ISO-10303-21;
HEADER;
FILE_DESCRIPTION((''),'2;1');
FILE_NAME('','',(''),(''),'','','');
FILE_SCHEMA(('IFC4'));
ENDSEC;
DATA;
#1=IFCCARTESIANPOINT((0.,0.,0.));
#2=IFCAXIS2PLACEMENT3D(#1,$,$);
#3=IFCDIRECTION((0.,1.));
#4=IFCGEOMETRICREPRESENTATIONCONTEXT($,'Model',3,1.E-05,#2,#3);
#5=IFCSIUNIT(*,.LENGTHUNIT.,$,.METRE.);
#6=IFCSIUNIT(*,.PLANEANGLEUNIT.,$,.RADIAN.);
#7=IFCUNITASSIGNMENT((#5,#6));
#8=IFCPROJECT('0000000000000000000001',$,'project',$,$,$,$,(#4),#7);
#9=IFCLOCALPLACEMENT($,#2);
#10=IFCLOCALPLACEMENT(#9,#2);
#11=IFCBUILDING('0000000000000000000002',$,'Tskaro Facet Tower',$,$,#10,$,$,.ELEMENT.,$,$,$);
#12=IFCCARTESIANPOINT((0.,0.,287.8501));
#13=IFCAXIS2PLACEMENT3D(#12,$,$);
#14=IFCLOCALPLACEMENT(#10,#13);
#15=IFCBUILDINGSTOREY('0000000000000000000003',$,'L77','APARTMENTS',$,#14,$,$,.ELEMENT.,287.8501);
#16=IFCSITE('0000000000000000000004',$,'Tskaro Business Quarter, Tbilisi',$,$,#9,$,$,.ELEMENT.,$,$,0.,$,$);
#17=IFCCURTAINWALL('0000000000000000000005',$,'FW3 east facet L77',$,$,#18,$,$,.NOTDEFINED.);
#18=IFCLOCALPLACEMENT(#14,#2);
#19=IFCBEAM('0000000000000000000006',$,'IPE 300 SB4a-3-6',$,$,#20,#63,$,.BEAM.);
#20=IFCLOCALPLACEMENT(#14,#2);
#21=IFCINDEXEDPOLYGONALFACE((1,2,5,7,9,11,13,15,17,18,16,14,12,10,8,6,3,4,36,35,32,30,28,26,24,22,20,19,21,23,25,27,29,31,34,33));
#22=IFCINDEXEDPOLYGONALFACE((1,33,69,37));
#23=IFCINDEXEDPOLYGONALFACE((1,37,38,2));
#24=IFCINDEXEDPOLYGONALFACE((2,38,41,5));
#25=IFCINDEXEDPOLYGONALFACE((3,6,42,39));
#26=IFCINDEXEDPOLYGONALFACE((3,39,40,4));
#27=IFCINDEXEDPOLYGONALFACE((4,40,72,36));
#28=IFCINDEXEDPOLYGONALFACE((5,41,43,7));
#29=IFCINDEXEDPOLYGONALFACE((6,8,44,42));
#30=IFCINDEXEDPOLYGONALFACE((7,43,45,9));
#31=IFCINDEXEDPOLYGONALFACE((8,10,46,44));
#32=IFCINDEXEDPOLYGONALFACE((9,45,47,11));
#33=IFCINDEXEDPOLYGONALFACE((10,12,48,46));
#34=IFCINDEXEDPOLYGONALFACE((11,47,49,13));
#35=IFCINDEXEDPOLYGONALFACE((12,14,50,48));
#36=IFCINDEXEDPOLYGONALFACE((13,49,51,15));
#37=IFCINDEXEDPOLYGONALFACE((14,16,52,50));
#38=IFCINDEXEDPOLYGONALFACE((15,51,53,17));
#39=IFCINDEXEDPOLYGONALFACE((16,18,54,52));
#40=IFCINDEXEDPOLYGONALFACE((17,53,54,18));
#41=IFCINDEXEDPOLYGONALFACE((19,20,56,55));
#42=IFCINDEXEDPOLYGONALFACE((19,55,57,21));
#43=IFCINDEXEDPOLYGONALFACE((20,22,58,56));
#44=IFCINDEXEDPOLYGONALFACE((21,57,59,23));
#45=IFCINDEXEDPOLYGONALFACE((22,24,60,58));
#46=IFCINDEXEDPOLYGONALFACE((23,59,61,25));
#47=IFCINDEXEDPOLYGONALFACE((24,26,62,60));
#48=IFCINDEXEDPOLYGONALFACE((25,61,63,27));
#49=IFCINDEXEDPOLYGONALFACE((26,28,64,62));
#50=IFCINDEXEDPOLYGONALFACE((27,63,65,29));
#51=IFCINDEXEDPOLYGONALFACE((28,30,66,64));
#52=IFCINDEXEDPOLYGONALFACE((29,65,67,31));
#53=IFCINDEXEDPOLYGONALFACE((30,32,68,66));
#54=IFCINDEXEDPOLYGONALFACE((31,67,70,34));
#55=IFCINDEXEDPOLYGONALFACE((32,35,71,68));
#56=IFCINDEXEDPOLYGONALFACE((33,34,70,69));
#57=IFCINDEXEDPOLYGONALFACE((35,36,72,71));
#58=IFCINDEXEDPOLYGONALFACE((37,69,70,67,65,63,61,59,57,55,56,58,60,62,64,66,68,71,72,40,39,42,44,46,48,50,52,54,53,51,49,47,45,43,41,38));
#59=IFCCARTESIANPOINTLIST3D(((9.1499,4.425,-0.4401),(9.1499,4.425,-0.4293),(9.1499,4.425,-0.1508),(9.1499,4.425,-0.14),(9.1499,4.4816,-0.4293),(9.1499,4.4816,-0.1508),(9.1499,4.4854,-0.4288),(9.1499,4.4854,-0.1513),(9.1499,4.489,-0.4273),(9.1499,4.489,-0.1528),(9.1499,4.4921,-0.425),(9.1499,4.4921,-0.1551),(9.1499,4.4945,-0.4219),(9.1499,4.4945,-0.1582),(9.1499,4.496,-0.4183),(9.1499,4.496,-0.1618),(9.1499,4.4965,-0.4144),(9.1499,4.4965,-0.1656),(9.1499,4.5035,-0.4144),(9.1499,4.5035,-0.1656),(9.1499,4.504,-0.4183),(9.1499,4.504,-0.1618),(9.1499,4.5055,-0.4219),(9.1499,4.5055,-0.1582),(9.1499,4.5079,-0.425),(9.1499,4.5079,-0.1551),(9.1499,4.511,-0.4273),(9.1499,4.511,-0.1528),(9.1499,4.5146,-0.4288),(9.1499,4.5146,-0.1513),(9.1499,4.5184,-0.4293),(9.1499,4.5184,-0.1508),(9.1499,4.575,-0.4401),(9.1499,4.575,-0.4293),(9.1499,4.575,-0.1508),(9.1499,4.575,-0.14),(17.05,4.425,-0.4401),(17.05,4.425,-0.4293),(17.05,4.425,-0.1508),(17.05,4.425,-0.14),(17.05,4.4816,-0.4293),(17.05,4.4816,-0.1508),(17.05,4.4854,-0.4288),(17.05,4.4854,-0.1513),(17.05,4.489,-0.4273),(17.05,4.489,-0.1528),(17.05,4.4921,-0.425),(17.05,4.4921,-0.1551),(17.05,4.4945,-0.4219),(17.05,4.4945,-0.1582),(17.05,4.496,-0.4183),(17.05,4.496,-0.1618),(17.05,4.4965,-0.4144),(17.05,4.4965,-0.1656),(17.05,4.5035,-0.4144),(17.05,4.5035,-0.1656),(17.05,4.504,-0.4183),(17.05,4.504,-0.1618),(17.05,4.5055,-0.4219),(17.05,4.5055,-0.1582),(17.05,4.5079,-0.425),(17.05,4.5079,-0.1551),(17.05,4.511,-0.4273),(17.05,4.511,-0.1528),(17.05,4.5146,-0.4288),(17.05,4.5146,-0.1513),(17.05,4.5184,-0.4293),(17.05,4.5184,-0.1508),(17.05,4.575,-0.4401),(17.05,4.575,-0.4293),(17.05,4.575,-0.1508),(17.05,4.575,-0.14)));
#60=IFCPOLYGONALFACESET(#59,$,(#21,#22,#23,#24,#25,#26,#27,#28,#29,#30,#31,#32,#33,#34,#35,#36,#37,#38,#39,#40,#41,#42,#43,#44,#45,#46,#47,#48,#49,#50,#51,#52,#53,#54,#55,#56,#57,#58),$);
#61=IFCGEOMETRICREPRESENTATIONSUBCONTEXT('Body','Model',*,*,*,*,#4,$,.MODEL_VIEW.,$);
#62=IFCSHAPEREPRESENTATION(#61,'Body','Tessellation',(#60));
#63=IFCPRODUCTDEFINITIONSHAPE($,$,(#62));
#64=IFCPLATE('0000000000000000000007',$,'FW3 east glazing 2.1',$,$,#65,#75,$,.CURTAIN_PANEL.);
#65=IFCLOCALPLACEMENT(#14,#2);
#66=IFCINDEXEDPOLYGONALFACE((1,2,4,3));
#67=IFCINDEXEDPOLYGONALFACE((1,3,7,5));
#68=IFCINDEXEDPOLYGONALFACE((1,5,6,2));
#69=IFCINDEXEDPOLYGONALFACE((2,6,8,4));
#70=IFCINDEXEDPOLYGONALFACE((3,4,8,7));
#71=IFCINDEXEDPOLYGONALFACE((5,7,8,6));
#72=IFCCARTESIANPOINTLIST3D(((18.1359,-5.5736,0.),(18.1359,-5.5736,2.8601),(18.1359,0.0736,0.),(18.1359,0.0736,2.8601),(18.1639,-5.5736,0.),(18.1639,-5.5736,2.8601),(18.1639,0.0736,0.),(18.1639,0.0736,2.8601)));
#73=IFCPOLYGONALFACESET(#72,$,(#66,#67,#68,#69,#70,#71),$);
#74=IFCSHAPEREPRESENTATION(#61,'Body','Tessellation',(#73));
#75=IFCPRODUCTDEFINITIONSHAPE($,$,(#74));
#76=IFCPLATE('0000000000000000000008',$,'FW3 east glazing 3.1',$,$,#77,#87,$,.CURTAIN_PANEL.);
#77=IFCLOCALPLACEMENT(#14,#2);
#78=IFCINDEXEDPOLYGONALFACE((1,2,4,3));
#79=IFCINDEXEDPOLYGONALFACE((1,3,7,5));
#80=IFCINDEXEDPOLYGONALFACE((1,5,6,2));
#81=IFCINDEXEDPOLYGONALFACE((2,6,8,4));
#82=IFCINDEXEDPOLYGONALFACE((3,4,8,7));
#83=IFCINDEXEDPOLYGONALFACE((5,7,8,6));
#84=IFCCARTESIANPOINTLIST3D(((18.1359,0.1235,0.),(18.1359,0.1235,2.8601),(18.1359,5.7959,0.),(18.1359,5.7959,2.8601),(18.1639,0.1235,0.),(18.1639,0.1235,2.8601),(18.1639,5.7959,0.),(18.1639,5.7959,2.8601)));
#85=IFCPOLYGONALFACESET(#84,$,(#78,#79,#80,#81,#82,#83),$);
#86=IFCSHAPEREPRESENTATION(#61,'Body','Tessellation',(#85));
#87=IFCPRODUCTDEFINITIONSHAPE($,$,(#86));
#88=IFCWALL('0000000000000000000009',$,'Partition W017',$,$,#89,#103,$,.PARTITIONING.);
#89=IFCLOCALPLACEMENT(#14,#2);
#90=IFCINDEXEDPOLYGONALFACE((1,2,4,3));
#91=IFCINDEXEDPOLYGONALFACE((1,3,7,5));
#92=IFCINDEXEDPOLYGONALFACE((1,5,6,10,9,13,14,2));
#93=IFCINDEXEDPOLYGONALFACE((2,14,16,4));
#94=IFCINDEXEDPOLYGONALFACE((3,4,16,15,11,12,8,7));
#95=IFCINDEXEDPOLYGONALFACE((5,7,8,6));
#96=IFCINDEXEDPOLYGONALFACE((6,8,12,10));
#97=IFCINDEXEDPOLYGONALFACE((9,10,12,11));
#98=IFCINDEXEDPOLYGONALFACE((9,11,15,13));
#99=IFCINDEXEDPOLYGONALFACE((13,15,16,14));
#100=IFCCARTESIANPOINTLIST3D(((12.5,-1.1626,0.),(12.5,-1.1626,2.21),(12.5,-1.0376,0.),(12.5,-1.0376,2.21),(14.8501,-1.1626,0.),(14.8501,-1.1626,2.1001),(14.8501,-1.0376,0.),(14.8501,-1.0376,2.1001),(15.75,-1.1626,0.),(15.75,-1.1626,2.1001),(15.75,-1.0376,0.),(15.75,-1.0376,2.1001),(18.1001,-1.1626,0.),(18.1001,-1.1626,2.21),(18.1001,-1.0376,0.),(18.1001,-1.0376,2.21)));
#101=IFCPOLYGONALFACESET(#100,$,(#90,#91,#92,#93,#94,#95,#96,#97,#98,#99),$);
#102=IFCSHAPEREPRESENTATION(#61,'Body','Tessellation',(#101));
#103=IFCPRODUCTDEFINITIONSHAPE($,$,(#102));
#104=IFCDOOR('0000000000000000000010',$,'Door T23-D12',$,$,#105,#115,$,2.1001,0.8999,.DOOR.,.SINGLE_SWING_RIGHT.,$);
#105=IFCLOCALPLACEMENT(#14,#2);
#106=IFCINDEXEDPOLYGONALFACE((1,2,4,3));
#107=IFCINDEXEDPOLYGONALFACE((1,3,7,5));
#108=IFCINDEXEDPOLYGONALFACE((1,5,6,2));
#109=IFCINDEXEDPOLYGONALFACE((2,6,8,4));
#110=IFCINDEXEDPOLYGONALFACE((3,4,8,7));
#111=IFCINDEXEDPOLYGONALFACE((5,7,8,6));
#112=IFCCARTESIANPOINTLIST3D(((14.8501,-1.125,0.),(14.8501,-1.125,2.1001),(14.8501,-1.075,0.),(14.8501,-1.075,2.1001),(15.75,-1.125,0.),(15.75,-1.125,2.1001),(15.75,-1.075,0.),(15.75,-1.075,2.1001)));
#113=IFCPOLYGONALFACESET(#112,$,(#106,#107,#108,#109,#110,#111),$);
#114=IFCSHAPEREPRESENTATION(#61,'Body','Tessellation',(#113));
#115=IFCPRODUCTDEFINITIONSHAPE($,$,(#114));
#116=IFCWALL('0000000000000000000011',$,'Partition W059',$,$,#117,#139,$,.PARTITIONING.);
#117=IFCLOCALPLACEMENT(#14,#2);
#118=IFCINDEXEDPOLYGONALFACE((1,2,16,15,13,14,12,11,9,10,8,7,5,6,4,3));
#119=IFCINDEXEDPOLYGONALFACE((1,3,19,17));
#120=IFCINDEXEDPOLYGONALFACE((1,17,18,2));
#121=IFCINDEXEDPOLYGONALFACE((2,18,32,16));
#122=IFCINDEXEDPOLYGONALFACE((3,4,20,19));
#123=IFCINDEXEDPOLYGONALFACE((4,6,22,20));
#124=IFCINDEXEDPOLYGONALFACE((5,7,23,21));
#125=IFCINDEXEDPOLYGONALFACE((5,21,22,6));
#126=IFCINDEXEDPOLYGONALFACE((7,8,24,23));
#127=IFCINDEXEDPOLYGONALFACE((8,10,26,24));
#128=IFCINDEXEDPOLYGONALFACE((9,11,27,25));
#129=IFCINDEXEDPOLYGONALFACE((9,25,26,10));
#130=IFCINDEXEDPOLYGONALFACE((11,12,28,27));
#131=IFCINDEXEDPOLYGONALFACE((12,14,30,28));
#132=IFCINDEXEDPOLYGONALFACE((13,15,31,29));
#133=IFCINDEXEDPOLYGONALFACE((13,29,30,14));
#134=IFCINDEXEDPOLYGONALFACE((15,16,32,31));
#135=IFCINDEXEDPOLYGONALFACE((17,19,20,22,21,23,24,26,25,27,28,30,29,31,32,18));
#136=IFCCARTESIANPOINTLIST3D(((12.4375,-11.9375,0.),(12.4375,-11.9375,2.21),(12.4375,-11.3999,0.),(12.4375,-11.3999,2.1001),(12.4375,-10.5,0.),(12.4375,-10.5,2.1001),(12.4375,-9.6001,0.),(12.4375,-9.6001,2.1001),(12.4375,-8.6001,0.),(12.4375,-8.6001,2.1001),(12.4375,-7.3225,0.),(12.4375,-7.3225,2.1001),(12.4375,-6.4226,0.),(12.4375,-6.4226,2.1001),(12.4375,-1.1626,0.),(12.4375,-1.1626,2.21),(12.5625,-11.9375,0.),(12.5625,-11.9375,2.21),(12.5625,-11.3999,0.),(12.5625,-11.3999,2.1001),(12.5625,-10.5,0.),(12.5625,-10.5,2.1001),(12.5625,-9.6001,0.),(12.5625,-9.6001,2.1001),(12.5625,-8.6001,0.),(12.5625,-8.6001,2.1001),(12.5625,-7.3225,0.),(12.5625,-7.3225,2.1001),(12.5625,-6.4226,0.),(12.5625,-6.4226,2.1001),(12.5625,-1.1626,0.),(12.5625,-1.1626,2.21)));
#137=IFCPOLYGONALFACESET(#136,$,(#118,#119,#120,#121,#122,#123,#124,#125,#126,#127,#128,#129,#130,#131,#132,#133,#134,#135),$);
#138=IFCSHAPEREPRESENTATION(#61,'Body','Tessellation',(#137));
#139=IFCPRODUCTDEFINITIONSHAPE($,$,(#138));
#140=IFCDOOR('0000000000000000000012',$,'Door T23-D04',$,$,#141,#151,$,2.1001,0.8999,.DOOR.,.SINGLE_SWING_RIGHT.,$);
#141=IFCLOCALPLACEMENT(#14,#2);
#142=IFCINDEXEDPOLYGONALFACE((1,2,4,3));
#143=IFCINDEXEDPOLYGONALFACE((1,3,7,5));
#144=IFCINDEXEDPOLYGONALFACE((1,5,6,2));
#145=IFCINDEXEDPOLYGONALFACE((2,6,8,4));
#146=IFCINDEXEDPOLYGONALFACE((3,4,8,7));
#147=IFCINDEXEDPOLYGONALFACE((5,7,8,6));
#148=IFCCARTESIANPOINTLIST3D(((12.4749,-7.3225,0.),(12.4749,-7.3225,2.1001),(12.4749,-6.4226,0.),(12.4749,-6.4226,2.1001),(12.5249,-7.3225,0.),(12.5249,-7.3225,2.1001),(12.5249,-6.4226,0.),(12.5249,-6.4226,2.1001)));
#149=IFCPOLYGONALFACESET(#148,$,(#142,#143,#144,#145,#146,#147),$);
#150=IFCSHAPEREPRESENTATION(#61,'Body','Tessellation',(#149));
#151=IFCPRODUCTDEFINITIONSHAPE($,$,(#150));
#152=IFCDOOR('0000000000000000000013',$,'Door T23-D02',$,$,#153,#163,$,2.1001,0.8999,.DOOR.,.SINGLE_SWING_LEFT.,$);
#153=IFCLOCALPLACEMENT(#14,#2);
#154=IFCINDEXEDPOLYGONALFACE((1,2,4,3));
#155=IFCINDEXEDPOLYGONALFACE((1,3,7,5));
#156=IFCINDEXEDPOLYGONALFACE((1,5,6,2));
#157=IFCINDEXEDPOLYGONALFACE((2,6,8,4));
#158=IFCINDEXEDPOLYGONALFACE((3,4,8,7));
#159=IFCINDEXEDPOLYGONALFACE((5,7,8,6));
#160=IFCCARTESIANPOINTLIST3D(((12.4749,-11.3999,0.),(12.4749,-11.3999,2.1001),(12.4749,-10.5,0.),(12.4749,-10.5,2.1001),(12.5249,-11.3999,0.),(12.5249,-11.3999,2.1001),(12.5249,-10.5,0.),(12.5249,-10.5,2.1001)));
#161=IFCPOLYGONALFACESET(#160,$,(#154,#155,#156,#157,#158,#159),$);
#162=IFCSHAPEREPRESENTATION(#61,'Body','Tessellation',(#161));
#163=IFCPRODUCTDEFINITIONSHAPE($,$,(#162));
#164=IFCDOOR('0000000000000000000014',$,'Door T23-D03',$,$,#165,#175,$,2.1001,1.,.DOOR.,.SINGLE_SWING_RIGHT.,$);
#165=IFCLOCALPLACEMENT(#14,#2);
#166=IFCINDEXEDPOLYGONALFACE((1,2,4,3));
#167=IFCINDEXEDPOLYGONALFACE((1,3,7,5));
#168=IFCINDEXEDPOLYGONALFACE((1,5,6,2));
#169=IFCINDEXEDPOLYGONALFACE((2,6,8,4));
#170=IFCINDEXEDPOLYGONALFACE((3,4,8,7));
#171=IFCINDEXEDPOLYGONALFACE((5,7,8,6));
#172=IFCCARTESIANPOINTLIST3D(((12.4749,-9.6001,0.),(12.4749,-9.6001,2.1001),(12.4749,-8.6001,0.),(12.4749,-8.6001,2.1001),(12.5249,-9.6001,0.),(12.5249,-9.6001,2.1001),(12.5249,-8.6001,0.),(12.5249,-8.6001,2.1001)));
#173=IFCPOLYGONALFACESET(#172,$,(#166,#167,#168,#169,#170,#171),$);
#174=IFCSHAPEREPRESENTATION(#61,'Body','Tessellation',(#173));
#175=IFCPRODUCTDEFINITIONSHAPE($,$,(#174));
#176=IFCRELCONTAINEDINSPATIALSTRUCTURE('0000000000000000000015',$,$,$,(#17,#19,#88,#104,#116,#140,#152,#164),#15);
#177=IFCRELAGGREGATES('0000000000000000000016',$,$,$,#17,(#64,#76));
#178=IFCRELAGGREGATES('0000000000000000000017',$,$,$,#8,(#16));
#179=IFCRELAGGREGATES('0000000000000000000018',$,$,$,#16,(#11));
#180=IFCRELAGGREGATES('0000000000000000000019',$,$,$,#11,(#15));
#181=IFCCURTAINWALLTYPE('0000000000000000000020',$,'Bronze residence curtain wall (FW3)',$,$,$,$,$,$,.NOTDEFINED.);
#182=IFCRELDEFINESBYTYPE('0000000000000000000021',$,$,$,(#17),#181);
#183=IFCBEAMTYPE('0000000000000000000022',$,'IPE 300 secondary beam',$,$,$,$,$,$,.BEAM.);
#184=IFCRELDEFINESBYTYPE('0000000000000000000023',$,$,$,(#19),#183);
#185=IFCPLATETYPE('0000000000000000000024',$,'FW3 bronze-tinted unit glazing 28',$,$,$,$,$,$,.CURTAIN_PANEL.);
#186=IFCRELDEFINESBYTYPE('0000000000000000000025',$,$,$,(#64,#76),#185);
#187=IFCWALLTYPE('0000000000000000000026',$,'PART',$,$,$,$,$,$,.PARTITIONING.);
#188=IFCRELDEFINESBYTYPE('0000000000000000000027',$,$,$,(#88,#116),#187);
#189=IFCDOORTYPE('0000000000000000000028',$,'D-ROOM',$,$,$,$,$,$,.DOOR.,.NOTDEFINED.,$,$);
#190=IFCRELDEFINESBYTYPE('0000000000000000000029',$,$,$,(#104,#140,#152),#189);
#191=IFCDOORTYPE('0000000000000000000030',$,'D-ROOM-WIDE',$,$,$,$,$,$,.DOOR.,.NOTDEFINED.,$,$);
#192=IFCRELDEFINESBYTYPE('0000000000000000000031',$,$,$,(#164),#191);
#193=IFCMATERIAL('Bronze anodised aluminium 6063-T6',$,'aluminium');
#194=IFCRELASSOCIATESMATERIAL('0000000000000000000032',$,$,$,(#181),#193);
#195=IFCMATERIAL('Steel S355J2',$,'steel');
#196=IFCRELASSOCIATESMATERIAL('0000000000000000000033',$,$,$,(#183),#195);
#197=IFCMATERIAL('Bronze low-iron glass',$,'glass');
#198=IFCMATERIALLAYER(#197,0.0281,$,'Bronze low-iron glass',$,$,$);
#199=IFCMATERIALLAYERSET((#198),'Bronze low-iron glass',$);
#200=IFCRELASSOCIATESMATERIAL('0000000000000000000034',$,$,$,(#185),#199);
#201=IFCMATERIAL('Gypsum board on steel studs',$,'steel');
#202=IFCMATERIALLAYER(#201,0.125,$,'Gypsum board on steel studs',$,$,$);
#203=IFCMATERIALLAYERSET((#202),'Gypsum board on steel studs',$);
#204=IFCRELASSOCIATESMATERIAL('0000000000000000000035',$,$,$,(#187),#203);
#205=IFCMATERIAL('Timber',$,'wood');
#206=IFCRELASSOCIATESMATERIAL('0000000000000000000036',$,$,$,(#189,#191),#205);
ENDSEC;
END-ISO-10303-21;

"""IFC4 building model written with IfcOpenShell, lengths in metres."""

from ifc_helpers import new_model, si_unit, direction, frame, frame_2d, origin, origin_2d, place, context, subcontext, project, spatial, rectangle, i_section, extrude, material, layer, layer_set, material_profile, profile_set, type_object, element, fill, aggregate, save


model = new_model("IFC4")

# Units and contexts
model_context = context("Model", 3, precision=1e-05, world=origin(), true_north=direction((0.0, 1.0)))
body_context = subcontext(model_context, "Body", "Model", "MODEL_VIEW")
ifc_project = project(units=[si_unit("LENGTHUNIT", "METRE"), si_unit("PLANEANGLEUNIT", "RADIAN")], contexts=[model_context])

# Site, building, storey
site_placement = place(None, origin())
site = spatial("IfcSite", under=ifc_project, at=site_placement, Name="Tskaro Business Quarter, Tbilisi", CompositionType="ELEMENT", RefElevation=0.0)
building_placement = place(site_placement, origin())
building = spatial("IfcBuilding", under=site, at=building_placement, Name="Tskaro Facet Tower", CompositionType="ELEMENT")
storey_placement = place(building_placement, frame((0.0, 0.0, 287.8501)))
storey = spatial("IfcBuildingStorey", under=building, at=storey_placement, Name="L77", Description="APARTMENTS", CompositionType="ELEMENT", Elevation=287.8501)

# Shared definitions
ifc_material_1 = material(Name="Steel S355J2", Category="steel")

# Curtain wall
ifc_material_2 = material(Name="Bronze anodised aluminium 6063-T6", Category="aluminium")
curtain_wall_type = type_object("IfcCurtainWallType", Name="Bronze residence curtain wall (FW3)", PredefinedType="NOTDEFINED", material=ifc_material_2)
curtain_wall_placement = place(storey_placement, origin())
curtain_wall = element("IfcCurtainWall", 1, at=curtain_wall_placement, inside=storey, type_object=curtain_wall_type, Name="FW3 east facet L77", PredefinedType="NOTDEFINED")

# Beam
ifc_material_profile_1 = material_profile(ifc_material_1, i_section(OverallWidth=0.1499, OverallDepth=0.3, WebThickness=0.0071, FlangeThickness=0.0107, FilletRadius=0.0149, at=origin_2d()), Name="IPE 300")
ifc_profile_set_1 = profile_set([ifc_material_profile_1], Name="Steel S355J2")
beam_type_1 = type_object("IfcBeamType", Name="IPE 300 secondary beam", PredefinedType="BEAM", material=ifc_profile_set_1)
beam_1_placement = place(storey_placement, frame((9.1499, 4.5, -0.29), z_axis=(1.0, 0.0, 0.0), x_axis=(0.0, 1.0, 0.0)))
element("IfcBeam", 2, at=beam_1_placement, inside=storey, type_object=beam_type_1, Name="IPE 300 SB4a-3-6", PredefinedType="BEAM", context=body_context, shape_type="SweptSolid", body=[
    extrude(i_section(OverallWidth=0.1499, OverallDepth=0.3, WebThickness=0.0071, FlangeThickness=0.0107, FilletRadius=0.0149, at=origin_2d()), origin(), (0.0, 0.0, 1.0), 7.9001),
])

# Plates
ifc_material_3 = material(Name="Bronze low-iron glass", Category="glass")
ifc_layer_1 = layer(ifc_material_3, 0.0281, Name="Bronze low-iron glass")
ifc_layer_set_1 = layer_set([ifc_layer_1], Name="Bronze low-iron glass")
plate_type = type_object("IfcPlateType", Name="FW3 bronze-tinted unit glazing 28", PredefinedType="CURTAIN_PANEL", material=ifc_layer_set_1)
plate_1_placement = place(storey_placement, frame((18.1499, -2.75, 0.0), z_axis=(0.0, 0.0, 1.0), x_axis=(0.0, 1.0, 0.0)))
plate_1 = element("IfcPlate", 3, at=plate_1_placement, type_object=plate_type, Name="FW3 east glazing 2.1", PredefinedType="CURTAIN_PANEL", context=body_context, shape_type="SweptSolid", body=[
    extrude(rectangle(XDim=5.6472, YDim=0.0281, at=origin_2d()), origin(), (0.0, 0.0, 1.0), 2.8601),
])
plate_2_placement = place(storey_placement, frame((18.1499, 2.9597, 0.0), z_axis=(0.0, 0.0, 1.0), x_axis=(0.0, 1.0, 0.0)))
plate_2 = element("IfcPlate", 4, at=plate_2_placement, type_object=plate_type, Name="FW3 east glazing 3.1", PredefinedType="CURTAIN_PANEL", context=body_context, shape_type="SweptSolid", body=[
    extrude(rectangle(XDim=5.6724, YDim=0.0281, at=origin_2d()), origin(), (0.0, 0.0, 1.0), 2.8601),
])
aggregate(curtain_wall, [plate_1, plate_2])

# Wall, opening, door
ifc_material_4 = material(Name="Gypsum board on steel studs", Category="steel")
ifc_layer_2 = layer(ifc_material_4, 0.125, Name="Gypsum board on steel studs")
ifc_layer_set_2 = layer_set([ifc_layer_2], Name="Gypsum board on steel studs")
wall_type = type_object("IfcWallType", Name="PART", PredefinedType="PARTITIONING", material=ifc_layer_set_2)
wall_1_placement = place(storey_placement, frame((18.1001, -1.1001, 0.0), z_axis=(0.0, 0.0, 1.0), x_axis=(-1.0, 0.0, 0.0)))
wall_1 = element("IfcWall", 5, at=wall_1_placement, inside=storey, type_object=wall_type, Name="Partition W017", PredefinedType="PARTITIONING", context=body_context, shape_type="SweptSolid", body=[
    extrude(rectangle(XDim=5.6001, YDim=0.125, at=frame_2d((2.8, 0.0))), origin(), (0.0, 0.0, 1.0), 2.21),
])
opening_1_placement = place(wall_1_placement, frame((2.3501, 0.0, 0.0)))
opening_1 = element("IfcOpeningElement", 6, at=opening_1_placement, cuts=wall_1, PredefinedType="OPENING", context=body_context, shape_type="SweptSolid", body=[
    extrude(rectangle(XDim=0.8999, YDim=2.1001, at=frame_2d((0.45, 1.05))), frame((0.0, 0.0725, 0.0), z_axis=(0.0, -1.0, 0.0), x_axis=(1.0, 0.0, 0.0)), (0.0, 0.0, 1.0), 0.145),
])
ifc_material_5 = material(Name="Timber", Category="wood")
door_type_1 = type_object("IfcDoorType", Name="D-ROOM", OperationType="NOTDEFINED", PredefinedType="DOOR", material=ifc_material_5)
door_1_placement = place(opening_1_placement, origin())
door_1 = element("IfcDoor", 7, at=door_1_placement, inside=storey, type_object=door_type_1, Name="Door T23-D12", OperationType="SINGLE_SWING_RIGHT", OverallHeight=2.1001, OverallWidth=0.8999, PredefinedType="DOOR", context=body_context, shape_type="SweptSolid", body=[
    extrude(rectangle(XDim=0.8999, YDim=2.1001, at=frame_2d((0.45, 1.05))), frame((0.0, 0.0249, 0.0), z_axis=(0.0, -1.0, 0.0), x_axis=(1.0, 0.0, 0.0)), (0.0, 0.0, 1.0), 0.05),
])
fill(opening_1, door_1)

# Wall, openings, doors
wall_2_placement = place(storey_placement, frame((12.5, -1.1626, 0.0), z_axis=(0.0, 0.0, 1.0), x_axis=(0.0, -1.0, 0.0)))
wall_2 = element("IfcWall", 8, at=wall_2_placement, inside=storey, type_object=wall_type, Name="Partition W059", PredefinedType="PARTITIONING", context=body_context, shape_type="SweptSolid", body=[
    extrude(rectangle(XDim=10.7749, YDim=0.125, at=frame_2d((5.3875, 0.0))), origin(), (0.0, 0.0, 1.0), 2.21),
])
opening_2_placement = place(wall_2_placement, frame((5.26, 0.0, 0.0)))
opening_2 = element("IfcOpeningElement", 9, at=opening_2_placement, cuts=wall_2, PredefinedType="OPENING", context=body_context, shape_type="SweptSolid", body=[
    extrude(rectangle(XDim=0.8999, YDim=2.1001, at=frame_2d((0.45, 1.05))), frame((0.0, 0.0725, 0.0), z_axis=(0.0, -1.0, 0.0), x_axis=(1.0, 0.0, 0.0)), (0.0, 0.0, 1.0), 0.145),
])
opening_3_placement = place(wall_2_placement, frame((7.4375, 0.0, 0.0)))
opening_3 = element("IfcOpeningElement", 10, at=opening_3_placement, cuts=wall_2, PredefinedType="OPENING", context=body_context, shape_type="SweptSolid", body=[
    extrude(rectangle(XDim=1.0, YDim=2.1001, at=frame_2d((0.5, 1.05))), frame((0.0, 0.0725, 0.0), z_axis=(0.0, -1.0, 0.0), x_axis=(1.0, 0.0, 0.0)), (0.0, 0.0, 1.0), 0.145),
])
opening_4_placement = place(wall_2_placement, frame((9.3374, 0.0, 0.0)))
opening_4 = element("IfcOpeningElement", 11, at=opening_4_placement, cuts=wall_2, PredefinedType="OPENING", context=body_context, shape_type="SweptSolid", body=[
    extrude(rectangle(XDim=0.8999, YDim=2.1001, at=frame_2d((0.45, 1.05))), frame((0.0, 0.0725, 0.0), z_axis=(0.0, -1.0, 0.0), x_axis=(1.0, 0.0, 0.0)), (0.0, 0.0, 1.0), 0.145),
])
door_2_placement = place(opening_2_placement, origin())
door_2 = element("IfcDoor", 12, at=door_2_placement, inside=storey, type_object=door_type_1, Name="Door T23-D04", OperationType="SINGLE_SWING_RIGHT", OverallHeight=2.1001, OverallWidth=0.8999, PredefinedType="DOOR", context=body_context, shape_type="SweptSolid", body=[
    extrude(rectangle(XDim=0.8999, YDim=2.1001, at=frame_2d((0.45, 1.05))), frame((0.0, 0.0249, 0.0), z_axis=(0.0, -1.0, 0.0), x_axis=(1.0, 0.0, 0.0)), (0.0, 0.0, 1.0), 0.05),
])
fill(opening_2, door_2)
door_3_placement = place(opening_4_placement, origin())
door_3 = element("IfcDoor", 13, at=door_3_placement, inside=storey, type_object=door_type_1, Name="Door T23-D02", OperationType="SINGLE_SWING_LEFT", OverallHeight=2.1001, OverallWidth=0.8999, PredefinedType="DOOR", context=body_context, shape_type="SweptSolid", body=[
    extrude(rectangle(XDim=0.8999, YDim=2.1001, at=frame_2d((0.45, 1.05))), frame((0.0, 0.0249, 0.0), z_axis=(0.0, -1.0, 0.0), x_axis=(1.0, 0.0, 0.0)), (0.0, 0.0, 1.0), 0.05),
])
fill(opening_4, door_3)
door_type_2 = type_object("IfcDoorType", Name="D-ROOM-WIDE", OperationType="NOTDEFINED", PredefinedType="DOOR", material=ifc_material_5)
door_4_placement = place(opening_3_placement, origin())
door_4 = element("IfcDoor", 14, at=door_4_placement, inside=storey, type_object=door_type_2, Name="Door T23-D03", OperationType="SINGLE_SWING_RIGHT", OverallHeight=2.1001, OverallWidth=1.0, PredefinedType="DOOR", context=body_context, shape_type="SweptSolid", body=[
    extrude(rectangle(XDim=1.0, YDim=2.1001, at=frame_2d((0.5, 1.05))), frame((0.0, 0.0249, 0.0), z_axis=(0.0, -1.0, 0.0), x_axis=(1.0, 0.0, 0.0)), (0.0, 0.0, 1.0), 0.05),
])
fill(opening_3, door_4)

save(model, "model.ifc")
